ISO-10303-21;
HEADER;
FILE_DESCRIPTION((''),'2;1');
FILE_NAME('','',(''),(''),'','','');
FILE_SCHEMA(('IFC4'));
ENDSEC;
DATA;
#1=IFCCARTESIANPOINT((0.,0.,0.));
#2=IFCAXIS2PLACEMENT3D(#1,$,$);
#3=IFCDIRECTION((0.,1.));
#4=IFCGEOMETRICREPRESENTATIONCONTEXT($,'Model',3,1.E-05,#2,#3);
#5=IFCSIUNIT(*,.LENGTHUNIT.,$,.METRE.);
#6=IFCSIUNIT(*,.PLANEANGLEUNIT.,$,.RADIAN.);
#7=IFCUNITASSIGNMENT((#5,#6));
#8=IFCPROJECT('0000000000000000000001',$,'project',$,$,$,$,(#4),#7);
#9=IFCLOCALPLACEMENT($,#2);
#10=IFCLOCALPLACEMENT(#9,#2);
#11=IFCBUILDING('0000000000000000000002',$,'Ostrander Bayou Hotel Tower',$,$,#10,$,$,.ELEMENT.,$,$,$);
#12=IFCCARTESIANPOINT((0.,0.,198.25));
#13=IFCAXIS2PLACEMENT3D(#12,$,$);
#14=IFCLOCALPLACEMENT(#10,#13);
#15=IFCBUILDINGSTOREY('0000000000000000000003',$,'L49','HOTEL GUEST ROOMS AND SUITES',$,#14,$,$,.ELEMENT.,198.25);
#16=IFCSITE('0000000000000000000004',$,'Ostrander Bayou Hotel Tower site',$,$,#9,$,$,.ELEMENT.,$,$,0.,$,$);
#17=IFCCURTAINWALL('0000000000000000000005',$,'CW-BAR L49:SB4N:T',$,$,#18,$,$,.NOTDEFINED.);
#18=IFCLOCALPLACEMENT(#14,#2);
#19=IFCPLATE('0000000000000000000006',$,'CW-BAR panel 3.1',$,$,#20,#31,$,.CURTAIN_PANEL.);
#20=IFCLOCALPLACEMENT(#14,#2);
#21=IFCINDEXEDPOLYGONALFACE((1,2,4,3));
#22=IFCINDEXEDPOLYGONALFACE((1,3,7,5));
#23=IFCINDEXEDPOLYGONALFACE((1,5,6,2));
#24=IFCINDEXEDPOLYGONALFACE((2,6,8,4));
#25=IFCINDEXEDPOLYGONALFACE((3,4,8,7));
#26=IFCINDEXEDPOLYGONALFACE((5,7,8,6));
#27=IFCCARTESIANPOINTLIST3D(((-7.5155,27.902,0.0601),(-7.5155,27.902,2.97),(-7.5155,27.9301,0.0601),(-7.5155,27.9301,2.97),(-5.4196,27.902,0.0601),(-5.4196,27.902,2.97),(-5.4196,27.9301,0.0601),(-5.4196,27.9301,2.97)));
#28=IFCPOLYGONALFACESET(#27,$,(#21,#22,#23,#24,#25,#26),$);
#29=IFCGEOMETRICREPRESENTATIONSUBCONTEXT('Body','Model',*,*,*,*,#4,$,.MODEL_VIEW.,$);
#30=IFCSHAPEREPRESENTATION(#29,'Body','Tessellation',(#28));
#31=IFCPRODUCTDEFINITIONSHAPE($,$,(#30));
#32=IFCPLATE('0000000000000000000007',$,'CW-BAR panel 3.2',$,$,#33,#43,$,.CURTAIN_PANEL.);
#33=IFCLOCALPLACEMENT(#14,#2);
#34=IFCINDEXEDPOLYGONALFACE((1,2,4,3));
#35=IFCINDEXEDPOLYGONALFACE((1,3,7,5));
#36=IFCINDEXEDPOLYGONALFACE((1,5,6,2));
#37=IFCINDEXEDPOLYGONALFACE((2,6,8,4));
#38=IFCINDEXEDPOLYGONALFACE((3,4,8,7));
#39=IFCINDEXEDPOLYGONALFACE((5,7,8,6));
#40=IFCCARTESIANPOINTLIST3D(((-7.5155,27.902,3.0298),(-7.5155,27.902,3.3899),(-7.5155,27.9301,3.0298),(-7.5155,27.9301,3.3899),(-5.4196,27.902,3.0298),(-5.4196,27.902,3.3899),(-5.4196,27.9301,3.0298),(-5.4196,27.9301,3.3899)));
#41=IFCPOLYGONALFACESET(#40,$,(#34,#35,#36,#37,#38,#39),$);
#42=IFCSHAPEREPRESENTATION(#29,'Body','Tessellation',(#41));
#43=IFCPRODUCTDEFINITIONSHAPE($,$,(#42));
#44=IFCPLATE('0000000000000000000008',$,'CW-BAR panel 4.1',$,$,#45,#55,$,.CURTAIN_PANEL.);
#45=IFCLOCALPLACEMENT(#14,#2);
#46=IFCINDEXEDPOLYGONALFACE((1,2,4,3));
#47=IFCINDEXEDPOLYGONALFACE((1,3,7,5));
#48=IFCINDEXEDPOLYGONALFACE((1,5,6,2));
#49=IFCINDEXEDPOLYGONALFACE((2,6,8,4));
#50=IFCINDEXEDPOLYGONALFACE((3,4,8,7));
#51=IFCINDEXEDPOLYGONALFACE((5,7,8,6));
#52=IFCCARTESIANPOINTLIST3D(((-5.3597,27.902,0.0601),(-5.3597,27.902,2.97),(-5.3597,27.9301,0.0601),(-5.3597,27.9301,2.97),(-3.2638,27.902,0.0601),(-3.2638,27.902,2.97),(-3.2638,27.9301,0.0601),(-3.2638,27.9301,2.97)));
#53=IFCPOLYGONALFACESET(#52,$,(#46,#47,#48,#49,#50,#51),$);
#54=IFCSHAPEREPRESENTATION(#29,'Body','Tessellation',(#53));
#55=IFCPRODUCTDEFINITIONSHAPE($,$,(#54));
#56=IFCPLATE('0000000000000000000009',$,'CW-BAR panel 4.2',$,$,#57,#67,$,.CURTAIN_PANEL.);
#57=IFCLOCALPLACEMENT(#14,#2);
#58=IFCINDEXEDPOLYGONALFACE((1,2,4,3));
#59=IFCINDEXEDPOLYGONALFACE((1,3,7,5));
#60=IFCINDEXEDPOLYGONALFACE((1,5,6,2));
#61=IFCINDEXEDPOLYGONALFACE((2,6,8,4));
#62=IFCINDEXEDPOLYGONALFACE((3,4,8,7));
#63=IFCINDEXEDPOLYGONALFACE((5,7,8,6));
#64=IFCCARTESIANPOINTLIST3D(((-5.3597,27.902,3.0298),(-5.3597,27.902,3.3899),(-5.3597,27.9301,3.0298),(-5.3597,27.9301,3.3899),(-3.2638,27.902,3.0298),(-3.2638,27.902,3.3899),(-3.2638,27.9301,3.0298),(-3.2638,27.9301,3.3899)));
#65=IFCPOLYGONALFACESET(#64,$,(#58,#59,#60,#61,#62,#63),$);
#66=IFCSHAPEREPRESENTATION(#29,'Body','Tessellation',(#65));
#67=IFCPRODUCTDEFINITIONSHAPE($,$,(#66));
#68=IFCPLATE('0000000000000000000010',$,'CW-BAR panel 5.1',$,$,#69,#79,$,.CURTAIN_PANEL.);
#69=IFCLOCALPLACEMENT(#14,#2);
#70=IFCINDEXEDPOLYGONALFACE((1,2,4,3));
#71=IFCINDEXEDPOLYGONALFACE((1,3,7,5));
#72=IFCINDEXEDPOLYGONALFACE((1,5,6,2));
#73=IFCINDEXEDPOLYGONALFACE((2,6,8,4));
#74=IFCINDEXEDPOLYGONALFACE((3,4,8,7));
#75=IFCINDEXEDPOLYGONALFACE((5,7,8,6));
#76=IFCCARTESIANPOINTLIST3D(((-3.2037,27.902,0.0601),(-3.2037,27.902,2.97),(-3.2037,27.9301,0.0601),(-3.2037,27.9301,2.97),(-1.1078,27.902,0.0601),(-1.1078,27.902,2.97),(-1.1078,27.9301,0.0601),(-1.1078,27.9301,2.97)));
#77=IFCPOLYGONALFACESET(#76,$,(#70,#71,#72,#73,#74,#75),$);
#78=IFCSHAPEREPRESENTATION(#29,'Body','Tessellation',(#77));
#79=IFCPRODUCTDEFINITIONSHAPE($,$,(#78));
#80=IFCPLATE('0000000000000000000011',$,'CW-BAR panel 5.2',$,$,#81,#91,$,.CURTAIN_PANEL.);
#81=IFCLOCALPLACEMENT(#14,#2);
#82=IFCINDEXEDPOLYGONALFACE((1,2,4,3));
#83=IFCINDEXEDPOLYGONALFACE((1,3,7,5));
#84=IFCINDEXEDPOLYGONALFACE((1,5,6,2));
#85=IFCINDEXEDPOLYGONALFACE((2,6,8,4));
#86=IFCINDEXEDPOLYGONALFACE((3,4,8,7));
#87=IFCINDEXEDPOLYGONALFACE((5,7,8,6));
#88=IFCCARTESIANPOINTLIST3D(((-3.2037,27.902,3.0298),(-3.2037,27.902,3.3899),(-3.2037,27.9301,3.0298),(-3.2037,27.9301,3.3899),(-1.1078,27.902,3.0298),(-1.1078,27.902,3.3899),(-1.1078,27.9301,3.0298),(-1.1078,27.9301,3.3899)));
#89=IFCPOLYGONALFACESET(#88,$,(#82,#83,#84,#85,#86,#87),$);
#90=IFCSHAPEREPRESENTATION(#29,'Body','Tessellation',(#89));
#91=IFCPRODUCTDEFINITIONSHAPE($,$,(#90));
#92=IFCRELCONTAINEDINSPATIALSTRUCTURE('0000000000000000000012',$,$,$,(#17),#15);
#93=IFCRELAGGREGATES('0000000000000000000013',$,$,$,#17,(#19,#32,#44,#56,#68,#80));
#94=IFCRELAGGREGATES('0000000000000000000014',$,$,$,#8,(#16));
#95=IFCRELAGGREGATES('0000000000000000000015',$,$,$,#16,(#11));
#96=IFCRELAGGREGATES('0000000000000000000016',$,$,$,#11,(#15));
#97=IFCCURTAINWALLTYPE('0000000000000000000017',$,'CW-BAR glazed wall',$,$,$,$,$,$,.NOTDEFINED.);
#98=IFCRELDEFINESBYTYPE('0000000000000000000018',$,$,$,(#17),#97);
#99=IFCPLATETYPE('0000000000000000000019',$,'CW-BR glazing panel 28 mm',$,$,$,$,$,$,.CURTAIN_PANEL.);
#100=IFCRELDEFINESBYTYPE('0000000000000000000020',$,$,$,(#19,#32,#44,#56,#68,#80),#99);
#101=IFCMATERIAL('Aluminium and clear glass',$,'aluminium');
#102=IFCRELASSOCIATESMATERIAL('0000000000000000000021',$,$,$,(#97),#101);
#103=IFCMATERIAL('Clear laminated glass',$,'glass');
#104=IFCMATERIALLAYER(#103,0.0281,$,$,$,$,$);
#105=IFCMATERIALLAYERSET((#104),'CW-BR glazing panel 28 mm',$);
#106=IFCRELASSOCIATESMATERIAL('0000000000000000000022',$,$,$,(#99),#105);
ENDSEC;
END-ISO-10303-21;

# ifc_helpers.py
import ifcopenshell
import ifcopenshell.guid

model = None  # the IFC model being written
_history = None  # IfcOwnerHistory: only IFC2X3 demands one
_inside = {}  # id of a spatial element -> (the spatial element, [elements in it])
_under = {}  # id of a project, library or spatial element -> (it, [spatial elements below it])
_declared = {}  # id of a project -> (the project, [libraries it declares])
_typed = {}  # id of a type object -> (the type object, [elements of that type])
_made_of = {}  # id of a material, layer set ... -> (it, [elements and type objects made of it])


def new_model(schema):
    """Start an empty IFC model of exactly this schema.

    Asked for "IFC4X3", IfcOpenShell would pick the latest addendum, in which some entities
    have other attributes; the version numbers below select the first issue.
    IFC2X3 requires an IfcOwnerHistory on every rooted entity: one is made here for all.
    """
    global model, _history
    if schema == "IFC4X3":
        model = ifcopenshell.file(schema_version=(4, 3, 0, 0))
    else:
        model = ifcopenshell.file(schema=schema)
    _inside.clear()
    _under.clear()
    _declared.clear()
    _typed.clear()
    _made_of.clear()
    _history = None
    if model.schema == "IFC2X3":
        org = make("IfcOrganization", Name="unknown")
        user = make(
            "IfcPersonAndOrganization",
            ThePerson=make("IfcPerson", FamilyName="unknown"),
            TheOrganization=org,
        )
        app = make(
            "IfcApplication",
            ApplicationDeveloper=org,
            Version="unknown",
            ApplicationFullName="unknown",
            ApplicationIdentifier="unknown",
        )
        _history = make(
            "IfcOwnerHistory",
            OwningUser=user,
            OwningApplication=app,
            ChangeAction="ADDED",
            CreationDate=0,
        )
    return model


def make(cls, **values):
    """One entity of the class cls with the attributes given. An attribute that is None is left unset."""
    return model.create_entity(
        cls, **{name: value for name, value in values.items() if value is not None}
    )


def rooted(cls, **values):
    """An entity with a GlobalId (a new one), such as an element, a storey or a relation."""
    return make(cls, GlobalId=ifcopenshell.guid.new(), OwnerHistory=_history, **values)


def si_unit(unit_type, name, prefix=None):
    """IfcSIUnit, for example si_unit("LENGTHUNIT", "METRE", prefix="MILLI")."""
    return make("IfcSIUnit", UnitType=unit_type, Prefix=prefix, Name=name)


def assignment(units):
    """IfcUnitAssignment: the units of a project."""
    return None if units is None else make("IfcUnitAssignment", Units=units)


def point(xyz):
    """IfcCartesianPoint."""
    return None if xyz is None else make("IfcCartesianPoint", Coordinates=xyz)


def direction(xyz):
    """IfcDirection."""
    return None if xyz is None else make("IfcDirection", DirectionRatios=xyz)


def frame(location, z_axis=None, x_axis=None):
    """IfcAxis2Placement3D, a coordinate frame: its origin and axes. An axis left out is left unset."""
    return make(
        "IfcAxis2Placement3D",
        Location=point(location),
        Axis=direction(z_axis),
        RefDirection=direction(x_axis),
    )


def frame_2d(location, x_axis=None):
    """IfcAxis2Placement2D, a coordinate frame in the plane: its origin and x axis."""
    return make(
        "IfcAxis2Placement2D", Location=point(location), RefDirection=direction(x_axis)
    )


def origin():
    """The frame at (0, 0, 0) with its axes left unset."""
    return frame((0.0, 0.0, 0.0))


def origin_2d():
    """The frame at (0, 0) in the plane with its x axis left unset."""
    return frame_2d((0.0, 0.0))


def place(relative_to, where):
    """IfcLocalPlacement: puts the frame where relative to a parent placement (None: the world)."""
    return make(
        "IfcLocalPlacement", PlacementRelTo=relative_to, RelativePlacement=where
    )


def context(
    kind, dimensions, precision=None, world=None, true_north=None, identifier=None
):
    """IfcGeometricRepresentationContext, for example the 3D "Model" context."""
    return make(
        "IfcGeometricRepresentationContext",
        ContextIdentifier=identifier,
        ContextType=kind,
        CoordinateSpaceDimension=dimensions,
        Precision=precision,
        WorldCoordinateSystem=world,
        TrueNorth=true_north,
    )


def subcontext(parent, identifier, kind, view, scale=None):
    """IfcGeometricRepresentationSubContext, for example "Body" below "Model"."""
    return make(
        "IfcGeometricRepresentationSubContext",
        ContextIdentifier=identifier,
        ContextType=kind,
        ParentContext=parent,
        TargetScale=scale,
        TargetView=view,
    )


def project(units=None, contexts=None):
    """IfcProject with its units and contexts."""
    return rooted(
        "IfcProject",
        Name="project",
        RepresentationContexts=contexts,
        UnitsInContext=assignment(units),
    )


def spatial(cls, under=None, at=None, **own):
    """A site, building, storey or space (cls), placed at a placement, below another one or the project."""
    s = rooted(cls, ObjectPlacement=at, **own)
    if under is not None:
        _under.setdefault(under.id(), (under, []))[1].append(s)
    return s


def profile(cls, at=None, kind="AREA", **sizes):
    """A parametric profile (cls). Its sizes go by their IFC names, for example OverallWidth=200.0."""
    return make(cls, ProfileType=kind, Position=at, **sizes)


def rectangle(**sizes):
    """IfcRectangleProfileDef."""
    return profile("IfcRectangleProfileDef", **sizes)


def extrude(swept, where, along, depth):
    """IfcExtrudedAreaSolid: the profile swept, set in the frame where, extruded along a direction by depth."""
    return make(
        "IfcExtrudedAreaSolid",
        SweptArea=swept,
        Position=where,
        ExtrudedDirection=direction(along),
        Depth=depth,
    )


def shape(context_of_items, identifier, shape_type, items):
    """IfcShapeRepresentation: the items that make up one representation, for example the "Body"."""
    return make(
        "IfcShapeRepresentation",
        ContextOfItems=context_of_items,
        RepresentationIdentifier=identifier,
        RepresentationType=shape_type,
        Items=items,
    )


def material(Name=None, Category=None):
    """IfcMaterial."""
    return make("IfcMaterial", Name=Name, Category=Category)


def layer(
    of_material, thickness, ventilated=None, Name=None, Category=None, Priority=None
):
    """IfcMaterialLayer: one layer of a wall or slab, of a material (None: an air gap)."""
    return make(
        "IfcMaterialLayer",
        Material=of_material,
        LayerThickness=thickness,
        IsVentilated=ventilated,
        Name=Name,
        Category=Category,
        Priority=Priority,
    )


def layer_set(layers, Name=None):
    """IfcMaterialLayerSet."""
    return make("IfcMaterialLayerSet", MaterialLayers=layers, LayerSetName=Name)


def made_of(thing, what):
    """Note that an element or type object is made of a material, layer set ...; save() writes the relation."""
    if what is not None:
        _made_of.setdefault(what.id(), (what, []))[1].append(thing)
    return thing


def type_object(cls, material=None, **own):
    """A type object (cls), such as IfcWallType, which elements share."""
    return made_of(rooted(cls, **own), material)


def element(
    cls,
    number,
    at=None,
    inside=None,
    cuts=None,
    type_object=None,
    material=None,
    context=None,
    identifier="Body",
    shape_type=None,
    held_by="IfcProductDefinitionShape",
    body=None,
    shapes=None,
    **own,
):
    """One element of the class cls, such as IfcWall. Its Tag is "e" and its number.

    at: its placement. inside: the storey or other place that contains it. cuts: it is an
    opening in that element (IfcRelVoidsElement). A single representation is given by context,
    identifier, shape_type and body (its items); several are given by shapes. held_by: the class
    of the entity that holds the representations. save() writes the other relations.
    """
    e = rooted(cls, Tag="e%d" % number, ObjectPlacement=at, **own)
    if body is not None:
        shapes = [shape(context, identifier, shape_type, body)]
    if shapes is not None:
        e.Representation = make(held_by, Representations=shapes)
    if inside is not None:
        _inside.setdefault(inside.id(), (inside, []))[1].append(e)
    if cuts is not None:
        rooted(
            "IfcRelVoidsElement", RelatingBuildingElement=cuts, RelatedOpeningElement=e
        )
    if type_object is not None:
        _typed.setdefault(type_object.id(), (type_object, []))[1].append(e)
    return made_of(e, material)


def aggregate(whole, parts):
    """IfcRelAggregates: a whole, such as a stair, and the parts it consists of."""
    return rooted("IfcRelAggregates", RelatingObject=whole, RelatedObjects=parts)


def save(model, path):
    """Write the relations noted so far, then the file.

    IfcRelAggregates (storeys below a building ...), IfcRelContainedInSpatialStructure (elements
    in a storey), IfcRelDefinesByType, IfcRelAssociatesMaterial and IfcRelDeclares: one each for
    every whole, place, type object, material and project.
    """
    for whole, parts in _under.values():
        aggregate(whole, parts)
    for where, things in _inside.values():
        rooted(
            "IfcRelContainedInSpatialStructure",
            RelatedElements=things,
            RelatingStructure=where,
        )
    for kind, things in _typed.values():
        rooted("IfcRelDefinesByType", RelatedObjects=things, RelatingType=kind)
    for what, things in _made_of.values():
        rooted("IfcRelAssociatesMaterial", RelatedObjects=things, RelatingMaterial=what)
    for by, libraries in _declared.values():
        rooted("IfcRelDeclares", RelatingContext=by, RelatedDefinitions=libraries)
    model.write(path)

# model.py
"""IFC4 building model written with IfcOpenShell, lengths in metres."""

from ifc_helpers import new_model, si_unit, direction, frame, origin, origin_2d, place, context, subcontext, project, spatial, rectangle, extrude, material, layer, layer_set, type_object, element, aggregate, save


model = new_model("IFC4")

# Units and contexts
model_context = context("Model", 3, precision=1e-05, world=origin(), true_north=direction((0.0, 1.0)))
body_context = subcontext(model_context, "Body", "Model", "MODEL_VIEW")
ifc_project = project(units=[si_unit("LENGTHUNIT", "METRE"), si_unit("PLANEANGLEUNIT", "RADIAN")], contexts=[model_context])

# Site, building, storey
site_placement = place(None, origin())
site = spatial("IfcSite", under=ifc_project, at=site_placement, Name="Ostrander Bayou Hotel Tower site", CompositionType="ELEMENT", RefElevation=0.0)
building_placement = place(site_placement, origin())
building = spatial("IfcBuilding", under=site, at=building_placement, Name="Ostrander Bayou Hotel Tower", CompositionType="ELEMENT")
storey_placement = place(building_placement, frame((0.0, 0.0, 198.25)))
storey = spatial("IfcBuildingStorey", under=building, at=storey_placement, Name="L49", Description="HOTEL GUEST ROOMS AND SUITES", CompositionType="ELEMENT", Elevation=198.25)

# Shared definitions
ifc_material_1 = material(Name="Aluminium and clear glass", Category="aluminium")
curtain_wall_type = type_object("IfcCurtainWallType", Name="CW-BAR glazed wall", PredefinedType="NOTDEFINED", material=ifc_material_1)

# Curtain wall
curtain_wall_1_placement = place(storey_placement, origin())
curtain_wall_1 = element("IfcCurtainWall", 1, at=curtain_wall_1_placement, inside=storey, type_object=curtain_wall_type, Name="CW-BAR L49:SB4N:T", PredefinedType="NOTDEFINED")

# Plates
ifc_material_2 = material(Name="Clear laminated glass", Category="glass")
ifc_layer = layer(ifc_material_2, 0.0281)
ifc_layer_set = layer_set([ifc_layer], Name="CW-BR glazing panel 28 mm")
plate_type = type_object("IfcPlateType", Name="CW-BR glazing panel 28 mm", PredefinedType="CURTAIN_PANEL", material=ifc_layer_set)
plate_1_placement = place(storey_placement, frame((-6.4675, 27.916, 0.0601), z_axis=(0.0, 0.0, 1.0), x_axis=(1.0, 0.0, 0.0)))
plate_1 = element("IfcPlate", 2, at=plate_1_placement, type_object=plate_type, Name="CW-BAR panel 3.1", PredefinedType="CURTAIN_PANEL", context=body_context, shape_type="SweptSolid", body=[
    extrude(rectangle(XDim=2.0959, YDim=0.0281, at=origin_2d()), origin(), (0.0, 0.0, 1.0), 2.9099),
])
plate_2_placement = place(storey_placement, frame((-6.4675, 27.916, 3.0298), z_axis=(0.0, 0.0, 1.0), x_axis=(1.0, 0.0, 0.0)))
plate_2 = element("IfcPlate", 3, at=plate_2_placement, type_object=plate_type, Name="CW-BAR panel 3.2", PredefinedType="CURTAIN_PANEL", context=body_context, shape_type="SweptSolid", body=[
    extrude(rectangle(XDim=2.0959, YDim=0.0281, at=origin_2d()), origin(), (0.0, 0.0, 1.0), 0.3601),
])
plate_3_placement = place(storey_placement, frame((-4.3118, 27.916, 0.0601), z_axis=(0.0, 0.0, 1.0), x_axis=(1.0, 0.0, 0.0)))
plate_3 = element("IfcPlate", 4, at=plate_3_placement, type_object=plate_type, Name="CW-BAR panel 4.1", PredefinedType="CURTAIN_PANEL", context=body_context, shape_type="SweptSolid", body=[
    extrude(rectangle(XDim=2.0959, YDim=0.0281, at=origin_2d()), origin(), (0.0, 0.0, 1.0), 2.9099),
])
plate_4_placement = place(storey_placement, frame((-4.3118, 27.916, 3.0298), z_axis=(0.0, 0.0, 1.0), x_axis=(1.0, 0.0, 0.0)))
plate_4 = element("IfcPlate", 5, at=plate_4_placement, type_object=plate_type, Name="CW-BAR panel 4.2", PredefinedType="CURTAIN_PANEL", context=body_context, shape_type="SweptSolid", body=[
    extrude(rectangle(XDim=2.0959, YDim=0.0281, at=origin_2d()), origin(), (0.0, 0.0, 1.0), 0.3601),
])
plate_5_placement = place(storey_placement, frame((-2.1558, 27.916, 0.0601), z_axis=(0.0, 0.0, 1.0), x_axis=(1.0, 0.0, 0.0)))
plate_5 = element("IfcPlate", 6, at=plate_5_placement, type_object=plate_type, Name="CW-BAR panel 5.1", PredefinedType="CURTAIN_PANEL", context=body_context, shape_type="SweptSolid", body=[
    extrude(rectangle(XDim=2.0959, YDim=0.0281, at=origin_2d()), origin(), (0.0, 0.0, 1.0), 2.9099),
])
plate_6_placement = place(storey_placement, frame((-2.1558, 27.916, 3.0298), z_axis=(0.0, 0.0, 1.0), x_axis=(1.0, 0.0, 0.0)))
plate_6 = element("IfcPlate", 7, at=plate_6_placement, type_object=plate_type, Name="CW-BAR panel 5.2", PredefinedType="CURTAIN_PANEL", context=body_context, shape_type="SweptSolid", body=[
    extrude(rectangle(XDim=2.0959, YDim=0.0281, at=origin_2d()), origin(), (0.0, 0.0, 1.0), 0.3601),
])
aggregate(curtain_wall_1, [plate_1, plate_2, plate_3, plate_4, plate_5, plate_6])

save(model, "model.ifc")
